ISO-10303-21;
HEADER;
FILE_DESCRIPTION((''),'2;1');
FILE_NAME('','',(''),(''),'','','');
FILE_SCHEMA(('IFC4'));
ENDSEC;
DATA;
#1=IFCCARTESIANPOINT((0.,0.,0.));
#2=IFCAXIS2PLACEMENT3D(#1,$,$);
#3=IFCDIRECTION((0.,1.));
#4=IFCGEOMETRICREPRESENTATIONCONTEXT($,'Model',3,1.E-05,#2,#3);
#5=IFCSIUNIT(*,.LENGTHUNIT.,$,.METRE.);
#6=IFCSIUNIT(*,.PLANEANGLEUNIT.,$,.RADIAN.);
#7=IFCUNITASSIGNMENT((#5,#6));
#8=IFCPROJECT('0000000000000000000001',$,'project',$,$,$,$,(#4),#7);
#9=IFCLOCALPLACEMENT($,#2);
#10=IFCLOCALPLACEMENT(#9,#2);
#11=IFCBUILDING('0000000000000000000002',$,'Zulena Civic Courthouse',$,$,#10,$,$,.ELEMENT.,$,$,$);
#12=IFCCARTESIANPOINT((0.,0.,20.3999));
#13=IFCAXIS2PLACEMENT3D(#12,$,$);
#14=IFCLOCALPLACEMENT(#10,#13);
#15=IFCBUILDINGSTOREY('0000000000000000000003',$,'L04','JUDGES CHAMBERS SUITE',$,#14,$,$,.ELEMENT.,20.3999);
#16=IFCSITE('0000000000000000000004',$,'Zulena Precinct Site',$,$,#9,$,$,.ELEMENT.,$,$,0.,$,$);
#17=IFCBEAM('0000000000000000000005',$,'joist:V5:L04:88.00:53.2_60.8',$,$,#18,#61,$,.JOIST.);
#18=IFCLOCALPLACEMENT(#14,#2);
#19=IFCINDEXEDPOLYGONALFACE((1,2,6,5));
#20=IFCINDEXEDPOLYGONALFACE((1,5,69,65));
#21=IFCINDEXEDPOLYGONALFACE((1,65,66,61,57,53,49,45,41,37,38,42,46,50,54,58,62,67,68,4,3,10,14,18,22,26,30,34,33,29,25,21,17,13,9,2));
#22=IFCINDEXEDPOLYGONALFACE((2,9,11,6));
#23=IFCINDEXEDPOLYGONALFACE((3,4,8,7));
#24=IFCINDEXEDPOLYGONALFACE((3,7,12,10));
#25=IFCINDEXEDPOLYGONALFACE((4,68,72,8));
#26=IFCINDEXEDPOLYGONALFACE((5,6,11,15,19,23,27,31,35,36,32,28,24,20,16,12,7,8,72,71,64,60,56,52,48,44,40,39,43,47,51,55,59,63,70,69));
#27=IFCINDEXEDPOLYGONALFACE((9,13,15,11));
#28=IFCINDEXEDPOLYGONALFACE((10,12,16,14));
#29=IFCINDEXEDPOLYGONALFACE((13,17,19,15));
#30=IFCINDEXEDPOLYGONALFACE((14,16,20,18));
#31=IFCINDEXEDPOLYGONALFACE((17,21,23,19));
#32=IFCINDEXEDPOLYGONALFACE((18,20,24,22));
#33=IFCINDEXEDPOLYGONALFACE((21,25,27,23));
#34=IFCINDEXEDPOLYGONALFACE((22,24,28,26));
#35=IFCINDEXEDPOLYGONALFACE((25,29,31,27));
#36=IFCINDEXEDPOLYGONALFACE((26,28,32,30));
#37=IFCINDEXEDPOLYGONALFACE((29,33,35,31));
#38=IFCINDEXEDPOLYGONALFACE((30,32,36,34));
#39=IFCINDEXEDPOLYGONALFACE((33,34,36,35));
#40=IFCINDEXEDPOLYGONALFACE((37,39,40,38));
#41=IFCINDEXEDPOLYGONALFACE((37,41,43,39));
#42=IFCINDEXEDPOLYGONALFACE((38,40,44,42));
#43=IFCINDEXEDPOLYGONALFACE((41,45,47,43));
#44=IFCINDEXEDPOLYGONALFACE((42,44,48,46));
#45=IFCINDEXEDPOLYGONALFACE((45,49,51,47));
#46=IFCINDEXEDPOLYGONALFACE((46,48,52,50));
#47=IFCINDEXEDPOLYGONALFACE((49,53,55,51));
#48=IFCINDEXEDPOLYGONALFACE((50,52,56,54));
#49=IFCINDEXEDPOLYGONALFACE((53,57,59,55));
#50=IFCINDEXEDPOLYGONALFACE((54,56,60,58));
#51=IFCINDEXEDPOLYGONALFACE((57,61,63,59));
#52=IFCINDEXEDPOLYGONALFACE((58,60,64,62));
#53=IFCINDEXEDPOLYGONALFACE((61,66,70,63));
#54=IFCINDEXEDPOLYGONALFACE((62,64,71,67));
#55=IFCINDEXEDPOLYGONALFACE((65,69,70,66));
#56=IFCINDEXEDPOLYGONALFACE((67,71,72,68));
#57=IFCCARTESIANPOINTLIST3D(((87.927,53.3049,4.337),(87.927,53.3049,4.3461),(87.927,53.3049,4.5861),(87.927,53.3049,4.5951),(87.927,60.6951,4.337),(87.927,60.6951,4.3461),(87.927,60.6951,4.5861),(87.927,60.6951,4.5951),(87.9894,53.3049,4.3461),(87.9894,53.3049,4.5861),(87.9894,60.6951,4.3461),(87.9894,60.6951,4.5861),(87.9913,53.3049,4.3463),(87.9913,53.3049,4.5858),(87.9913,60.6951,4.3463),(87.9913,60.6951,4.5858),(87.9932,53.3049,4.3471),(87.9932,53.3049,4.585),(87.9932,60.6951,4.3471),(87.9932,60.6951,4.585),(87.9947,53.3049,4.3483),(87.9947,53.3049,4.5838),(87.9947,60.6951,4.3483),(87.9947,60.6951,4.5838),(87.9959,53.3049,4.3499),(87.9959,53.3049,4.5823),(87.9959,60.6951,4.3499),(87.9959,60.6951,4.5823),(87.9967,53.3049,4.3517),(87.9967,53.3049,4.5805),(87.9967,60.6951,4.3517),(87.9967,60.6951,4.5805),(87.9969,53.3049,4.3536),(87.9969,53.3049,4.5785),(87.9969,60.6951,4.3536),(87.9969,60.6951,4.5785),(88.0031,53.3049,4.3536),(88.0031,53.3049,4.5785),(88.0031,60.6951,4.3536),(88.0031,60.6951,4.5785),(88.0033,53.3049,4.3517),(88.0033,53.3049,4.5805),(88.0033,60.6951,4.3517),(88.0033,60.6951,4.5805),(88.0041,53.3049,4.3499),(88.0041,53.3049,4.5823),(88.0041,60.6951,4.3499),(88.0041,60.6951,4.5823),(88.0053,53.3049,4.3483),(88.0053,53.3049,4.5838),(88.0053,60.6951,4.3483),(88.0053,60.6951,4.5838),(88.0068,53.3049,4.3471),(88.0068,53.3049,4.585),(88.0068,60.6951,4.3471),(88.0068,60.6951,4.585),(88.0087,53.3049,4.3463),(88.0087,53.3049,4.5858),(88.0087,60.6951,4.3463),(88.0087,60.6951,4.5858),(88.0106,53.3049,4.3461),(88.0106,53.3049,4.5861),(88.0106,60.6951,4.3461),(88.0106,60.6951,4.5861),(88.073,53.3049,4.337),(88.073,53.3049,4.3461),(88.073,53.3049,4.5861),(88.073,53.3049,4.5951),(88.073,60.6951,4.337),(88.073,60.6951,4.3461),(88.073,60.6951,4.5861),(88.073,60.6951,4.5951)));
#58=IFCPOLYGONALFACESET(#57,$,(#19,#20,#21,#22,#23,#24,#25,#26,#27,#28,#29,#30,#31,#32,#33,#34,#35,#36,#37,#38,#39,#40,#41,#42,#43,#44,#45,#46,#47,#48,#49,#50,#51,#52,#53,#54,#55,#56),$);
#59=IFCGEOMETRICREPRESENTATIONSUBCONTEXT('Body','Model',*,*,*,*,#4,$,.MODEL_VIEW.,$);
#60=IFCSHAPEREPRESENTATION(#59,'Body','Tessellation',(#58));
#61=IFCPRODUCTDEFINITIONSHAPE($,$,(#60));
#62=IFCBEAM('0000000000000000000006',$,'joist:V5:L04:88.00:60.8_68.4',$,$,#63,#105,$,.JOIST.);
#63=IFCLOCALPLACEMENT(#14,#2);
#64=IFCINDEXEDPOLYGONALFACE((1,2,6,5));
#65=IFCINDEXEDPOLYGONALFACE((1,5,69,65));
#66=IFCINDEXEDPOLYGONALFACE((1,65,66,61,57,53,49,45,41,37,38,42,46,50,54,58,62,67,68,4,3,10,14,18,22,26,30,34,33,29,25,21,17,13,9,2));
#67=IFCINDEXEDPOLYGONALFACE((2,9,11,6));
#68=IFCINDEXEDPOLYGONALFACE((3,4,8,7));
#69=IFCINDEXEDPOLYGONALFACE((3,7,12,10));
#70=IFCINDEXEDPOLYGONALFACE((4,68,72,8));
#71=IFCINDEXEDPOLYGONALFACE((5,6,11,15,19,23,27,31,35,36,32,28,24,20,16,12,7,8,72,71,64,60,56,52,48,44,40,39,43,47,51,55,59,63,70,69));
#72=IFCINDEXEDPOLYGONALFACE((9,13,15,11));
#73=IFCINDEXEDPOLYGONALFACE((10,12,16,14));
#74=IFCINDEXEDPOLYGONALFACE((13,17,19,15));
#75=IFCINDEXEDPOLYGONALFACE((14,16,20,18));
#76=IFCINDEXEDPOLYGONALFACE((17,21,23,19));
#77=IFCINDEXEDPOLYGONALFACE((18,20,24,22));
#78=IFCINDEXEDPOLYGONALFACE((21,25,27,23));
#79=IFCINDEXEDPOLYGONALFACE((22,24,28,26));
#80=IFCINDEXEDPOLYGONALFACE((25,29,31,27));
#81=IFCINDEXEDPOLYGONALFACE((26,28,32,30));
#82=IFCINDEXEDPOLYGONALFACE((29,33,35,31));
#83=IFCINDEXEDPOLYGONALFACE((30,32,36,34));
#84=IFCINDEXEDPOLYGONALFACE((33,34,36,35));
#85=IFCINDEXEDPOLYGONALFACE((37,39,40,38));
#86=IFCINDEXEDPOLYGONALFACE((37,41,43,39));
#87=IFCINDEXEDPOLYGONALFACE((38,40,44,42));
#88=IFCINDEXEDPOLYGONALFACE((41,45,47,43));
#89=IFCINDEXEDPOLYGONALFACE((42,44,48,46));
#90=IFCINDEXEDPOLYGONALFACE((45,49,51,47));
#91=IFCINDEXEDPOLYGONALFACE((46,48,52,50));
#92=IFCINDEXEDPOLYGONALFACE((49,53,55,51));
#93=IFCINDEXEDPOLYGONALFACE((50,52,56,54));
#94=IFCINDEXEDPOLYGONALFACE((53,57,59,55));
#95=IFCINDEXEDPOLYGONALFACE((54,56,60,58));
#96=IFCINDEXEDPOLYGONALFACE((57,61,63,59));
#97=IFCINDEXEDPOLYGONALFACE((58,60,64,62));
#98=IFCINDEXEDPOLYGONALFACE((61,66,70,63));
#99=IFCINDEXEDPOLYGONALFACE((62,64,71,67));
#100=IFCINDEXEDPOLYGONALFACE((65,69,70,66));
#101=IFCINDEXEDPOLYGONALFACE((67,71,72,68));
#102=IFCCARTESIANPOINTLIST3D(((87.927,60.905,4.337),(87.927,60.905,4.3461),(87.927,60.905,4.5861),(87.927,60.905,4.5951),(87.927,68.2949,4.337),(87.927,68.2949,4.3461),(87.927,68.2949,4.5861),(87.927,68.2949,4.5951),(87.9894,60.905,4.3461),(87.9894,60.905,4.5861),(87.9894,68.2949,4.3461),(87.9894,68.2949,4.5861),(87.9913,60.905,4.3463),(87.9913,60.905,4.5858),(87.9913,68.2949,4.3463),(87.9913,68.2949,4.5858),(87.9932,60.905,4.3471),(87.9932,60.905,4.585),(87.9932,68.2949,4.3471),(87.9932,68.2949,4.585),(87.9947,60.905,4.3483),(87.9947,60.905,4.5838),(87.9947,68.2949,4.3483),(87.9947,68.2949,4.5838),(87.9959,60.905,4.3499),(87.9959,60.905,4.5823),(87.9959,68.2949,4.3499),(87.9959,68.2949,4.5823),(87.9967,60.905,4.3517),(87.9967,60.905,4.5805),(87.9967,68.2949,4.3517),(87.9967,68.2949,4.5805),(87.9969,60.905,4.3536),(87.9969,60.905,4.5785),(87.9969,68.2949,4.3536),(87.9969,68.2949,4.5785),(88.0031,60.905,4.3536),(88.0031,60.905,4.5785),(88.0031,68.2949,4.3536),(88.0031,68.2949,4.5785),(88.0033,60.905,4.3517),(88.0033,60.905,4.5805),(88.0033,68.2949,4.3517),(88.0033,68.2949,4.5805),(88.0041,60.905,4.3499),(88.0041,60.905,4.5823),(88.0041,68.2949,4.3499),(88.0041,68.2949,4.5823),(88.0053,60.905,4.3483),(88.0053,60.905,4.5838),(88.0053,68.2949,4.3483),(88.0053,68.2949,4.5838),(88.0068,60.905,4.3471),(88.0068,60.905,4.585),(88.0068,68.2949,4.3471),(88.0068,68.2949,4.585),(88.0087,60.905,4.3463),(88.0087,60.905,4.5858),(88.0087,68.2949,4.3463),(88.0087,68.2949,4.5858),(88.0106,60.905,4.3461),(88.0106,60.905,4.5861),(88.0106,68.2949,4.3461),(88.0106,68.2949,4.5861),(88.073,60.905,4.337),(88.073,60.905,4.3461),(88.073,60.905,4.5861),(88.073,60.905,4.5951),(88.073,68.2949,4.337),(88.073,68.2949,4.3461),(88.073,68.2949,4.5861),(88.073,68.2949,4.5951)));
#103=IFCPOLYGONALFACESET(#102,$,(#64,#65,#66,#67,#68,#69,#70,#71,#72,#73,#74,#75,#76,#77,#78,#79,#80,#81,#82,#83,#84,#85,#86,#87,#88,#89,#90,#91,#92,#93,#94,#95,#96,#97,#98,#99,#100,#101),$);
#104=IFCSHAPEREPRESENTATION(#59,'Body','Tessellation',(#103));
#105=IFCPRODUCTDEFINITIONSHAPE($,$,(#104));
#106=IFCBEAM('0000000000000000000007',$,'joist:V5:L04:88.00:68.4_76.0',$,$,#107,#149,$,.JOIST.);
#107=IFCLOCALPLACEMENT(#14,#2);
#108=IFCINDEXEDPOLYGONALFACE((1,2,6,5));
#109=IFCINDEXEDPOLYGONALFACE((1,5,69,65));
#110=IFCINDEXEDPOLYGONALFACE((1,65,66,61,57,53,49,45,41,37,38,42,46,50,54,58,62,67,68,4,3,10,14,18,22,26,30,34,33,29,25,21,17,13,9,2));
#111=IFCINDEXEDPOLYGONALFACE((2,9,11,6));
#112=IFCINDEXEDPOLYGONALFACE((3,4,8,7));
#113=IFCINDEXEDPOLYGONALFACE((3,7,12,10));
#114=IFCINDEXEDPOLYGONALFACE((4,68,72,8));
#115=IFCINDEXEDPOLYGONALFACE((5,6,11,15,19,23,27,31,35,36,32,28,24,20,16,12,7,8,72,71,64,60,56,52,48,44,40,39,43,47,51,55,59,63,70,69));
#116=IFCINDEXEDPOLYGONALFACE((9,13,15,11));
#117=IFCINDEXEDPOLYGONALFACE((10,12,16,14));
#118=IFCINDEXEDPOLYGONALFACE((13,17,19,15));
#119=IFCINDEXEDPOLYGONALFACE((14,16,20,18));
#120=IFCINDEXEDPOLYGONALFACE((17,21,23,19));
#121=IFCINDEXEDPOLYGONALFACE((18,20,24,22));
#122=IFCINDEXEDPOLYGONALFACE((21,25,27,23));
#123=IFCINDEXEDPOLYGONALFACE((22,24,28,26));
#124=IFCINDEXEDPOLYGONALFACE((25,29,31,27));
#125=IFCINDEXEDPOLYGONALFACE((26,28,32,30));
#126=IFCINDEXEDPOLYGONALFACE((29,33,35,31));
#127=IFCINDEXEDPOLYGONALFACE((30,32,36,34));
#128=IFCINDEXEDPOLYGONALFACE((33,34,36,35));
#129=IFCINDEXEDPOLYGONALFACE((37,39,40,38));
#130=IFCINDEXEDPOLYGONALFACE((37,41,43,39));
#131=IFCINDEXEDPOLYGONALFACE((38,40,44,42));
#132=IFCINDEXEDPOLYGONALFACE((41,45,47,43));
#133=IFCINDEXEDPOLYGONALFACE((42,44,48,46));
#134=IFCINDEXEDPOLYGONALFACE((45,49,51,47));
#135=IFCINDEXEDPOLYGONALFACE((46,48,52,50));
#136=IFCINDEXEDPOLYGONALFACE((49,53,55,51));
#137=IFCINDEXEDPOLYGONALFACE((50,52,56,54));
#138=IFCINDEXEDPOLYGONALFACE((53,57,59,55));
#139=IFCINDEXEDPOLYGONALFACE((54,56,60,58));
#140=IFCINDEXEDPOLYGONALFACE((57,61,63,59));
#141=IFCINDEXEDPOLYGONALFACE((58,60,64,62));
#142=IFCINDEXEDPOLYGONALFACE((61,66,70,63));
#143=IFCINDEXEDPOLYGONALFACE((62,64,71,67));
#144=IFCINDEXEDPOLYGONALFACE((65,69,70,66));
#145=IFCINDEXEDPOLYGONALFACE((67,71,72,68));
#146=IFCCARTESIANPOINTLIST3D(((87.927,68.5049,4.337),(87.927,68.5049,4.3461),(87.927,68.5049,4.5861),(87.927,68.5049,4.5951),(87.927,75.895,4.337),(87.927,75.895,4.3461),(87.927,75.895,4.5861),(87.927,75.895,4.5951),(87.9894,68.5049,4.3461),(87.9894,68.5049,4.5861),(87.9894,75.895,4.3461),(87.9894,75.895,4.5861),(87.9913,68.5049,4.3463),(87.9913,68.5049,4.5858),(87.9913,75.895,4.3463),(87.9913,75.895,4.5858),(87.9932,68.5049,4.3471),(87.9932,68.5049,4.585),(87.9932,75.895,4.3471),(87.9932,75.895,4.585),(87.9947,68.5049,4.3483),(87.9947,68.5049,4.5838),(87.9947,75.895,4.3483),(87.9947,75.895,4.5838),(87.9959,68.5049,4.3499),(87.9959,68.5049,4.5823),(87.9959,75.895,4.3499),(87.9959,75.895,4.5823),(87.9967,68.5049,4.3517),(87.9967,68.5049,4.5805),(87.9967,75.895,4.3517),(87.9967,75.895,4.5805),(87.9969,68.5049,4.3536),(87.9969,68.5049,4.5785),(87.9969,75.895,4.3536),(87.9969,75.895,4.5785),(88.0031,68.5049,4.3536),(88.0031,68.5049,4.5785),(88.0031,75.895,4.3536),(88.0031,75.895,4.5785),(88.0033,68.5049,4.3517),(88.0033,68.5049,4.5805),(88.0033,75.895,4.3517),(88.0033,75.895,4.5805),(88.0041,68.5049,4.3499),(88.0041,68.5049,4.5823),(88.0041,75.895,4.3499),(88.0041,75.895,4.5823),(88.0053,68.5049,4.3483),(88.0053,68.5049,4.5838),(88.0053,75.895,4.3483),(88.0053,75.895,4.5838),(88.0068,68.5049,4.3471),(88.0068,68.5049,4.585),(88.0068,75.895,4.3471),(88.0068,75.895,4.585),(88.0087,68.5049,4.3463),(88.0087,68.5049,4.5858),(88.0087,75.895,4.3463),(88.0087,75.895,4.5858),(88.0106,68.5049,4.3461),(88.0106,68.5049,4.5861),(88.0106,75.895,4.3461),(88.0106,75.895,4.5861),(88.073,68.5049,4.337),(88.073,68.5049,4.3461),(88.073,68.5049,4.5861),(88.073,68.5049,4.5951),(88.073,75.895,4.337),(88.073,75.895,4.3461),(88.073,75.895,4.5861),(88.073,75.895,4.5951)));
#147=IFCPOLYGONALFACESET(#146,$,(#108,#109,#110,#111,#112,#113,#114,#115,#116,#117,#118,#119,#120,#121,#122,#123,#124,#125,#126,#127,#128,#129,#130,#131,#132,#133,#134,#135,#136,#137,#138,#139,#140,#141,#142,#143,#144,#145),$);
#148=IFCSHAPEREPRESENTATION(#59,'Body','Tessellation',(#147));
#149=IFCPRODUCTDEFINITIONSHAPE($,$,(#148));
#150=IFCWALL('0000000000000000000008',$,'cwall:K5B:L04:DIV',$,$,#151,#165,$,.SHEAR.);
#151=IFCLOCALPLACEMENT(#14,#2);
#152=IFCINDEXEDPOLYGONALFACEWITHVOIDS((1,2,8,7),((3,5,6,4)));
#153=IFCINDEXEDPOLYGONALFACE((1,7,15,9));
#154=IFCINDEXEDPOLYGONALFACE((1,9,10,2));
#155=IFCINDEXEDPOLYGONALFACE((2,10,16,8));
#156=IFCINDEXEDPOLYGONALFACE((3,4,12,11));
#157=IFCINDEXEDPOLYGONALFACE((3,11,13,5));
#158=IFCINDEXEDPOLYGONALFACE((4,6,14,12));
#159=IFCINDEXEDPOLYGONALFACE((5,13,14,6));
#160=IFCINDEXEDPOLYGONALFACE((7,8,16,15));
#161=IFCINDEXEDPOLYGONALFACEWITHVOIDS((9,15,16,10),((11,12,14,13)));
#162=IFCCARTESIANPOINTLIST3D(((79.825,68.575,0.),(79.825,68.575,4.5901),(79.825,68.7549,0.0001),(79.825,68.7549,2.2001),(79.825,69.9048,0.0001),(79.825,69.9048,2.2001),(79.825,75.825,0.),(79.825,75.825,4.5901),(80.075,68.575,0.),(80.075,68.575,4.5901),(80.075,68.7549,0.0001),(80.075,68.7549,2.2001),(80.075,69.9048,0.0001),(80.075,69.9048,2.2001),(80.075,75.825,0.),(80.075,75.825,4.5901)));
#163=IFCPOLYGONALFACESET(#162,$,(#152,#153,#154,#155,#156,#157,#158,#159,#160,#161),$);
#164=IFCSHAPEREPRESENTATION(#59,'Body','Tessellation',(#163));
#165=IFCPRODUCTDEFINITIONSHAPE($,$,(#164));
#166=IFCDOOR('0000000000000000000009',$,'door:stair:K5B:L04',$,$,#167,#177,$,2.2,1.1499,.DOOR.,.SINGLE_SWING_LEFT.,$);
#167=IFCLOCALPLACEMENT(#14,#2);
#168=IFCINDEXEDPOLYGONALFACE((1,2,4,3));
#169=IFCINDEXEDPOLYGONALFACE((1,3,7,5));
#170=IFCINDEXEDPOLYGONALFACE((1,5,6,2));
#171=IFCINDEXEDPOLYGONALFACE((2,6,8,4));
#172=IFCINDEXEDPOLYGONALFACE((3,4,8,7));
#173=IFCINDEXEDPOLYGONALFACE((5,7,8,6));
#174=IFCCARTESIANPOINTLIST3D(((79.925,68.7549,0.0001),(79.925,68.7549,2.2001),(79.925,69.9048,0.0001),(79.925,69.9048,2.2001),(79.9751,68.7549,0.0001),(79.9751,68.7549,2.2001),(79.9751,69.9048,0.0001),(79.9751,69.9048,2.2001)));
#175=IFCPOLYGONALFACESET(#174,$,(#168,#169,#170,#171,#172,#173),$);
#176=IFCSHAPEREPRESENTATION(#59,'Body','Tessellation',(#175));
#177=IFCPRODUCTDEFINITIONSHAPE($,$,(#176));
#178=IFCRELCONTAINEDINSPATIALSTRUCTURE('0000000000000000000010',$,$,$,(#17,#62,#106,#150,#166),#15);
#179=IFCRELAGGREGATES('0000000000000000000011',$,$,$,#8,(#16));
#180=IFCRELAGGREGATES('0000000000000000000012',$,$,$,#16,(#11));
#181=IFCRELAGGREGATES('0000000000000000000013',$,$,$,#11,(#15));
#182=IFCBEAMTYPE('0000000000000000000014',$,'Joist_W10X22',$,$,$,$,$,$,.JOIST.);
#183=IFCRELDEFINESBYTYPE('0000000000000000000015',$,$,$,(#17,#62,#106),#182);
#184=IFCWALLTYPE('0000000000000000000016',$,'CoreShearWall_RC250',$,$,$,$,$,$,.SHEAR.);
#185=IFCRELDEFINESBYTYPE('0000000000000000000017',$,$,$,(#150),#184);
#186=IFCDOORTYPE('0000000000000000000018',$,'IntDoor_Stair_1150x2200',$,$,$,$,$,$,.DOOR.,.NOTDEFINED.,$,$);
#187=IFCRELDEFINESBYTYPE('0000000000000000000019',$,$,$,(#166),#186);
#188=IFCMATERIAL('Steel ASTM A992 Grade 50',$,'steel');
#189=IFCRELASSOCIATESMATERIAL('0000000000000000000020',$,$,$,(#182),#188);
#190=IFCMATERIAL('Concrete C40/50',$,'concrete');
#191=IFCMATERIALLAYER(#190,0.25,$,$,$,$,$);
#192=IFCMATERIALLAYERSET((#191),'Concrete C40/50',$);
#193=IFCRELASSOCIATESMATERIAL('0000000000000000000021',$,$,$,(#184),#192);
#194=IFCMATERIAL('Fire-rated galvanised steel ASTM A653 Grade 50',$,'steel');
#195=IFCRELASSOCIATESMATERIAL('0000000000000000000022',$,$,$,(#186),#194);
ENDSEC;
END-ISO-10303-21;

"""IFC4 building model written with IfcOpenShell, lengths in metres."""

from ifc_helpers import new_model, si_unit, direction, frame, frame_2d, origin, origin_2d, place, context, subcontext, project, spatial, rectangle, i_section, extrude, material, layer, layer_set, material_profile, profile_set, type_object, element, fill, save


model = new_model("IFC4")

# Units and contexts
model_context = context("Model", 3, precision=1e-05, world=origin(), true_north=direction((0.0, 1.0)))
body_context = subcontext(model_context, "Body", "Model", "MODEL_VIEW")
ifc_project = project(units=[si_unit("LENGTHUNIT", "METRE"), si_unit("PLANEANGLEUNIT", "RADIAN")], contexts=[model_context])

# Site, building, storey
site_placement = place(None, origin())
site = spatial("IfcSite", under=ifc_project, at=site_placement, Name="Zulena Precinct Site", CompositionType="ELEMENT", RefElevation=0.0)
building_placement = place(site_placement, origin())
building = spatial("IfcBuilding", under=site, at=building_placement, Name="Zulena Civic Courthouse", CompositionType="ELEMENT")
storey_placement = place(building_placement, frame((0.0, 0.0, 20.3999)))
storey = spatial("IfcBuildingStorey", under=building, at=storey_placement, Name="L04", Description="JUDGES CHAMBERS SUITE", CompositionType="ELEMENT", Elevation=20.3999)

# Shared definitions
ifc_material_1 = material(Name="Steel ASTM A992 Grade 50", Category="steel")

# Beams
ifc_material_profile_1 = material_profile(ifc_material_1, i_section(OverallWidth=0.146, OverallDepth=0.2581, WebThickness=0.0061, FlangeThickness=0.009, FilletRadius=0.0076, at=origin_2d()), Name="W10X22")
ifc_profile_set_1 = profile_set([ifc_material_profile_1], Name="Steel ASTM A992 Grade 50")
beam_type_1 = type_object("IfcBeamType", Name="Joist_W10X22", PredefinedType="JOIST", material=ifc_profile_set_1)
beam_1_placement = place(storey_placement, frame((88.0, 53.3049, 4.4661), z_axis=(0.0, 1.0, 0.0), x_axis=(-1.0, 0.0, 0.0)))
element("IfcBeam", 1, at=beam_1_placement, inside=storey, type_object=beam_type_1, Name="joist:V5:L04:88.00:53.2_60.8", PredefinedType="JOIST", context=body_context, shape_type="SweptSolid", body=[
    extrude(i_section(OverallWidth=0.146, OverallDepth=0.2581, WebThickness=0.0061, FlangeThickness=0.009, FilletRadius=0.0076, at=origin_2d()), origin(), (0.0, 0.0, 1.0), 7.3901),
])
beam_2_placement = place(storey_placement, frame((88.0, 60.905, 4.4661), z_axis=(0.0, 1.0, 0.0), x_axis=(-1.0, 0.0, 0.0)))
element("IfcBeam", 2, at=beam_2_placement, inside=storey, type_object=beam_type_1, Name="joist:V5:L04:88.00:60.8_68.4", PredefinedType="JOIST", context=body_context, shape_type="SweptSolid", body=[
    extrude(i_section(OverallWidth=0.146, OverallDepth=0.2581, WebThickness=0.0061, FlangeThickness=0.009, FilletRadius=0.0076, at=origin_2d()), origin(), (0.0, 0.0, 1.0), 7.3899),
])
beam_3_placement = place(storey_placement, frame((88.0, 68.5049, 4.4661), z_axis=(0.0, 1.0, 0.0), x_axis=(-1.0, 0.0, 0.0)))
element("IfcBeam", 3, at=beam_3_placement, inside=storey, type_object=beam_type_1, Name="joist:V5:L04:88.00:68.4_76.0", PredefinedType="JOIST", context=body_context, shape_type="SweptSolid", body=[
    extrude(i_section(OverallWidth=0.146, OverallDepth=0.2581, WebThickness=0.0061, FlangeThickness=0.009, FilletRadius=0.0076, at=origin_2d()), origin(), (0.0, 0.0, 1.0), 7.3901),
])

# Wall, opening, door
ifc_material_2 = material(Name="Concrete C40/50", Category="concrete")
ifc_layer_1 = layer(ifc_material_2, 0.25)
ifc_layer_set_1 = layer_set([ifc_layer_1], Name="Concrete C40/50")
wall_type_1 = type_object("IfcWallType", Name="CoreShearWall_RC250", PredefinedType="SHEAR", material=ifc_layer_set_1)
wall_1_placement = place(storey_placement, frame((79.95, 68.575, 0.0), z_axis=(0.0, 0.0, 1.0), x_axis=(0.0, 1.0, 0.0)))
wall_1 = element("IfcWall", 4, at=wall_1_placement, inside=storey, type_object=wall_type_1, Name="cwall:K5B:L04:DIV", PredefinedType="SHEAR", context=body_context, shape_type="SweptSolid", body=[
    extrude(rectangle(XDim=7.25, YDim=0.25, at=frame_2d((3.625, 0.0))), origin(), (0.0, 0.0, 1.0), 4.5901),
])
opening_1_placement = place(wall_1_placement, frame((0.1799, 0.0, 0.0)))
opening_1 = element("IfcOpeningElement", 5, at=opening_1_placement, cuts=wall_1, PredefinedType="OPENING", context=body_context, shape_type="SweptSolid", body=[
    extrude(rectangle(XDim=1.1499, YDim=2.2, at=frame_2d((0.575, 1.1001))), frame((0.0, 0.135, 0.0), z_axis=(0.0, -1.0, 0.0), x_axis=(1.0, 0.0, 0.0)), (0.0, 0.0, 1.0), 0.27),
])
ifc_material_3 = material(Name="Fire-rated galvanised steel ASTM A653 Grade 50", Category="steel")
door_type_1 = type_object("IfcDoorType", Name="IntDoor_Stair_1150x2200", OperationType="NOTDEFINED", PredefinedType="DOOR", material=ifc_material_3)
door_1_placement = place(opening_1_placement, origin())
door_1 = element("IfcDoor", 6, at=door_1_placement, inside=storey, type_object=door_type_1, Name="door:stair:K5B:L04", OperationType="SINGLE_SWING_LEFT", OverallHeight=2.2, OverallWidth=1.1499, PredefinedType="DOOR", context=body_context, shape_type="SweptSolid", body=[
    extrude(rectangle(XDim=1.1499, YDim=2.2, at=frame_2d((0.575, 1.1001))), frame((0.0, 0.0249, 0.0), z_axis=(0.0, -1.0, 0.0), x_axis=(1.0, 0.0, 0.0)), (0.0, 0.0, 1.0), 0.05),
])
fill(opening_1, door_1)

save(model, "model.ifc")
